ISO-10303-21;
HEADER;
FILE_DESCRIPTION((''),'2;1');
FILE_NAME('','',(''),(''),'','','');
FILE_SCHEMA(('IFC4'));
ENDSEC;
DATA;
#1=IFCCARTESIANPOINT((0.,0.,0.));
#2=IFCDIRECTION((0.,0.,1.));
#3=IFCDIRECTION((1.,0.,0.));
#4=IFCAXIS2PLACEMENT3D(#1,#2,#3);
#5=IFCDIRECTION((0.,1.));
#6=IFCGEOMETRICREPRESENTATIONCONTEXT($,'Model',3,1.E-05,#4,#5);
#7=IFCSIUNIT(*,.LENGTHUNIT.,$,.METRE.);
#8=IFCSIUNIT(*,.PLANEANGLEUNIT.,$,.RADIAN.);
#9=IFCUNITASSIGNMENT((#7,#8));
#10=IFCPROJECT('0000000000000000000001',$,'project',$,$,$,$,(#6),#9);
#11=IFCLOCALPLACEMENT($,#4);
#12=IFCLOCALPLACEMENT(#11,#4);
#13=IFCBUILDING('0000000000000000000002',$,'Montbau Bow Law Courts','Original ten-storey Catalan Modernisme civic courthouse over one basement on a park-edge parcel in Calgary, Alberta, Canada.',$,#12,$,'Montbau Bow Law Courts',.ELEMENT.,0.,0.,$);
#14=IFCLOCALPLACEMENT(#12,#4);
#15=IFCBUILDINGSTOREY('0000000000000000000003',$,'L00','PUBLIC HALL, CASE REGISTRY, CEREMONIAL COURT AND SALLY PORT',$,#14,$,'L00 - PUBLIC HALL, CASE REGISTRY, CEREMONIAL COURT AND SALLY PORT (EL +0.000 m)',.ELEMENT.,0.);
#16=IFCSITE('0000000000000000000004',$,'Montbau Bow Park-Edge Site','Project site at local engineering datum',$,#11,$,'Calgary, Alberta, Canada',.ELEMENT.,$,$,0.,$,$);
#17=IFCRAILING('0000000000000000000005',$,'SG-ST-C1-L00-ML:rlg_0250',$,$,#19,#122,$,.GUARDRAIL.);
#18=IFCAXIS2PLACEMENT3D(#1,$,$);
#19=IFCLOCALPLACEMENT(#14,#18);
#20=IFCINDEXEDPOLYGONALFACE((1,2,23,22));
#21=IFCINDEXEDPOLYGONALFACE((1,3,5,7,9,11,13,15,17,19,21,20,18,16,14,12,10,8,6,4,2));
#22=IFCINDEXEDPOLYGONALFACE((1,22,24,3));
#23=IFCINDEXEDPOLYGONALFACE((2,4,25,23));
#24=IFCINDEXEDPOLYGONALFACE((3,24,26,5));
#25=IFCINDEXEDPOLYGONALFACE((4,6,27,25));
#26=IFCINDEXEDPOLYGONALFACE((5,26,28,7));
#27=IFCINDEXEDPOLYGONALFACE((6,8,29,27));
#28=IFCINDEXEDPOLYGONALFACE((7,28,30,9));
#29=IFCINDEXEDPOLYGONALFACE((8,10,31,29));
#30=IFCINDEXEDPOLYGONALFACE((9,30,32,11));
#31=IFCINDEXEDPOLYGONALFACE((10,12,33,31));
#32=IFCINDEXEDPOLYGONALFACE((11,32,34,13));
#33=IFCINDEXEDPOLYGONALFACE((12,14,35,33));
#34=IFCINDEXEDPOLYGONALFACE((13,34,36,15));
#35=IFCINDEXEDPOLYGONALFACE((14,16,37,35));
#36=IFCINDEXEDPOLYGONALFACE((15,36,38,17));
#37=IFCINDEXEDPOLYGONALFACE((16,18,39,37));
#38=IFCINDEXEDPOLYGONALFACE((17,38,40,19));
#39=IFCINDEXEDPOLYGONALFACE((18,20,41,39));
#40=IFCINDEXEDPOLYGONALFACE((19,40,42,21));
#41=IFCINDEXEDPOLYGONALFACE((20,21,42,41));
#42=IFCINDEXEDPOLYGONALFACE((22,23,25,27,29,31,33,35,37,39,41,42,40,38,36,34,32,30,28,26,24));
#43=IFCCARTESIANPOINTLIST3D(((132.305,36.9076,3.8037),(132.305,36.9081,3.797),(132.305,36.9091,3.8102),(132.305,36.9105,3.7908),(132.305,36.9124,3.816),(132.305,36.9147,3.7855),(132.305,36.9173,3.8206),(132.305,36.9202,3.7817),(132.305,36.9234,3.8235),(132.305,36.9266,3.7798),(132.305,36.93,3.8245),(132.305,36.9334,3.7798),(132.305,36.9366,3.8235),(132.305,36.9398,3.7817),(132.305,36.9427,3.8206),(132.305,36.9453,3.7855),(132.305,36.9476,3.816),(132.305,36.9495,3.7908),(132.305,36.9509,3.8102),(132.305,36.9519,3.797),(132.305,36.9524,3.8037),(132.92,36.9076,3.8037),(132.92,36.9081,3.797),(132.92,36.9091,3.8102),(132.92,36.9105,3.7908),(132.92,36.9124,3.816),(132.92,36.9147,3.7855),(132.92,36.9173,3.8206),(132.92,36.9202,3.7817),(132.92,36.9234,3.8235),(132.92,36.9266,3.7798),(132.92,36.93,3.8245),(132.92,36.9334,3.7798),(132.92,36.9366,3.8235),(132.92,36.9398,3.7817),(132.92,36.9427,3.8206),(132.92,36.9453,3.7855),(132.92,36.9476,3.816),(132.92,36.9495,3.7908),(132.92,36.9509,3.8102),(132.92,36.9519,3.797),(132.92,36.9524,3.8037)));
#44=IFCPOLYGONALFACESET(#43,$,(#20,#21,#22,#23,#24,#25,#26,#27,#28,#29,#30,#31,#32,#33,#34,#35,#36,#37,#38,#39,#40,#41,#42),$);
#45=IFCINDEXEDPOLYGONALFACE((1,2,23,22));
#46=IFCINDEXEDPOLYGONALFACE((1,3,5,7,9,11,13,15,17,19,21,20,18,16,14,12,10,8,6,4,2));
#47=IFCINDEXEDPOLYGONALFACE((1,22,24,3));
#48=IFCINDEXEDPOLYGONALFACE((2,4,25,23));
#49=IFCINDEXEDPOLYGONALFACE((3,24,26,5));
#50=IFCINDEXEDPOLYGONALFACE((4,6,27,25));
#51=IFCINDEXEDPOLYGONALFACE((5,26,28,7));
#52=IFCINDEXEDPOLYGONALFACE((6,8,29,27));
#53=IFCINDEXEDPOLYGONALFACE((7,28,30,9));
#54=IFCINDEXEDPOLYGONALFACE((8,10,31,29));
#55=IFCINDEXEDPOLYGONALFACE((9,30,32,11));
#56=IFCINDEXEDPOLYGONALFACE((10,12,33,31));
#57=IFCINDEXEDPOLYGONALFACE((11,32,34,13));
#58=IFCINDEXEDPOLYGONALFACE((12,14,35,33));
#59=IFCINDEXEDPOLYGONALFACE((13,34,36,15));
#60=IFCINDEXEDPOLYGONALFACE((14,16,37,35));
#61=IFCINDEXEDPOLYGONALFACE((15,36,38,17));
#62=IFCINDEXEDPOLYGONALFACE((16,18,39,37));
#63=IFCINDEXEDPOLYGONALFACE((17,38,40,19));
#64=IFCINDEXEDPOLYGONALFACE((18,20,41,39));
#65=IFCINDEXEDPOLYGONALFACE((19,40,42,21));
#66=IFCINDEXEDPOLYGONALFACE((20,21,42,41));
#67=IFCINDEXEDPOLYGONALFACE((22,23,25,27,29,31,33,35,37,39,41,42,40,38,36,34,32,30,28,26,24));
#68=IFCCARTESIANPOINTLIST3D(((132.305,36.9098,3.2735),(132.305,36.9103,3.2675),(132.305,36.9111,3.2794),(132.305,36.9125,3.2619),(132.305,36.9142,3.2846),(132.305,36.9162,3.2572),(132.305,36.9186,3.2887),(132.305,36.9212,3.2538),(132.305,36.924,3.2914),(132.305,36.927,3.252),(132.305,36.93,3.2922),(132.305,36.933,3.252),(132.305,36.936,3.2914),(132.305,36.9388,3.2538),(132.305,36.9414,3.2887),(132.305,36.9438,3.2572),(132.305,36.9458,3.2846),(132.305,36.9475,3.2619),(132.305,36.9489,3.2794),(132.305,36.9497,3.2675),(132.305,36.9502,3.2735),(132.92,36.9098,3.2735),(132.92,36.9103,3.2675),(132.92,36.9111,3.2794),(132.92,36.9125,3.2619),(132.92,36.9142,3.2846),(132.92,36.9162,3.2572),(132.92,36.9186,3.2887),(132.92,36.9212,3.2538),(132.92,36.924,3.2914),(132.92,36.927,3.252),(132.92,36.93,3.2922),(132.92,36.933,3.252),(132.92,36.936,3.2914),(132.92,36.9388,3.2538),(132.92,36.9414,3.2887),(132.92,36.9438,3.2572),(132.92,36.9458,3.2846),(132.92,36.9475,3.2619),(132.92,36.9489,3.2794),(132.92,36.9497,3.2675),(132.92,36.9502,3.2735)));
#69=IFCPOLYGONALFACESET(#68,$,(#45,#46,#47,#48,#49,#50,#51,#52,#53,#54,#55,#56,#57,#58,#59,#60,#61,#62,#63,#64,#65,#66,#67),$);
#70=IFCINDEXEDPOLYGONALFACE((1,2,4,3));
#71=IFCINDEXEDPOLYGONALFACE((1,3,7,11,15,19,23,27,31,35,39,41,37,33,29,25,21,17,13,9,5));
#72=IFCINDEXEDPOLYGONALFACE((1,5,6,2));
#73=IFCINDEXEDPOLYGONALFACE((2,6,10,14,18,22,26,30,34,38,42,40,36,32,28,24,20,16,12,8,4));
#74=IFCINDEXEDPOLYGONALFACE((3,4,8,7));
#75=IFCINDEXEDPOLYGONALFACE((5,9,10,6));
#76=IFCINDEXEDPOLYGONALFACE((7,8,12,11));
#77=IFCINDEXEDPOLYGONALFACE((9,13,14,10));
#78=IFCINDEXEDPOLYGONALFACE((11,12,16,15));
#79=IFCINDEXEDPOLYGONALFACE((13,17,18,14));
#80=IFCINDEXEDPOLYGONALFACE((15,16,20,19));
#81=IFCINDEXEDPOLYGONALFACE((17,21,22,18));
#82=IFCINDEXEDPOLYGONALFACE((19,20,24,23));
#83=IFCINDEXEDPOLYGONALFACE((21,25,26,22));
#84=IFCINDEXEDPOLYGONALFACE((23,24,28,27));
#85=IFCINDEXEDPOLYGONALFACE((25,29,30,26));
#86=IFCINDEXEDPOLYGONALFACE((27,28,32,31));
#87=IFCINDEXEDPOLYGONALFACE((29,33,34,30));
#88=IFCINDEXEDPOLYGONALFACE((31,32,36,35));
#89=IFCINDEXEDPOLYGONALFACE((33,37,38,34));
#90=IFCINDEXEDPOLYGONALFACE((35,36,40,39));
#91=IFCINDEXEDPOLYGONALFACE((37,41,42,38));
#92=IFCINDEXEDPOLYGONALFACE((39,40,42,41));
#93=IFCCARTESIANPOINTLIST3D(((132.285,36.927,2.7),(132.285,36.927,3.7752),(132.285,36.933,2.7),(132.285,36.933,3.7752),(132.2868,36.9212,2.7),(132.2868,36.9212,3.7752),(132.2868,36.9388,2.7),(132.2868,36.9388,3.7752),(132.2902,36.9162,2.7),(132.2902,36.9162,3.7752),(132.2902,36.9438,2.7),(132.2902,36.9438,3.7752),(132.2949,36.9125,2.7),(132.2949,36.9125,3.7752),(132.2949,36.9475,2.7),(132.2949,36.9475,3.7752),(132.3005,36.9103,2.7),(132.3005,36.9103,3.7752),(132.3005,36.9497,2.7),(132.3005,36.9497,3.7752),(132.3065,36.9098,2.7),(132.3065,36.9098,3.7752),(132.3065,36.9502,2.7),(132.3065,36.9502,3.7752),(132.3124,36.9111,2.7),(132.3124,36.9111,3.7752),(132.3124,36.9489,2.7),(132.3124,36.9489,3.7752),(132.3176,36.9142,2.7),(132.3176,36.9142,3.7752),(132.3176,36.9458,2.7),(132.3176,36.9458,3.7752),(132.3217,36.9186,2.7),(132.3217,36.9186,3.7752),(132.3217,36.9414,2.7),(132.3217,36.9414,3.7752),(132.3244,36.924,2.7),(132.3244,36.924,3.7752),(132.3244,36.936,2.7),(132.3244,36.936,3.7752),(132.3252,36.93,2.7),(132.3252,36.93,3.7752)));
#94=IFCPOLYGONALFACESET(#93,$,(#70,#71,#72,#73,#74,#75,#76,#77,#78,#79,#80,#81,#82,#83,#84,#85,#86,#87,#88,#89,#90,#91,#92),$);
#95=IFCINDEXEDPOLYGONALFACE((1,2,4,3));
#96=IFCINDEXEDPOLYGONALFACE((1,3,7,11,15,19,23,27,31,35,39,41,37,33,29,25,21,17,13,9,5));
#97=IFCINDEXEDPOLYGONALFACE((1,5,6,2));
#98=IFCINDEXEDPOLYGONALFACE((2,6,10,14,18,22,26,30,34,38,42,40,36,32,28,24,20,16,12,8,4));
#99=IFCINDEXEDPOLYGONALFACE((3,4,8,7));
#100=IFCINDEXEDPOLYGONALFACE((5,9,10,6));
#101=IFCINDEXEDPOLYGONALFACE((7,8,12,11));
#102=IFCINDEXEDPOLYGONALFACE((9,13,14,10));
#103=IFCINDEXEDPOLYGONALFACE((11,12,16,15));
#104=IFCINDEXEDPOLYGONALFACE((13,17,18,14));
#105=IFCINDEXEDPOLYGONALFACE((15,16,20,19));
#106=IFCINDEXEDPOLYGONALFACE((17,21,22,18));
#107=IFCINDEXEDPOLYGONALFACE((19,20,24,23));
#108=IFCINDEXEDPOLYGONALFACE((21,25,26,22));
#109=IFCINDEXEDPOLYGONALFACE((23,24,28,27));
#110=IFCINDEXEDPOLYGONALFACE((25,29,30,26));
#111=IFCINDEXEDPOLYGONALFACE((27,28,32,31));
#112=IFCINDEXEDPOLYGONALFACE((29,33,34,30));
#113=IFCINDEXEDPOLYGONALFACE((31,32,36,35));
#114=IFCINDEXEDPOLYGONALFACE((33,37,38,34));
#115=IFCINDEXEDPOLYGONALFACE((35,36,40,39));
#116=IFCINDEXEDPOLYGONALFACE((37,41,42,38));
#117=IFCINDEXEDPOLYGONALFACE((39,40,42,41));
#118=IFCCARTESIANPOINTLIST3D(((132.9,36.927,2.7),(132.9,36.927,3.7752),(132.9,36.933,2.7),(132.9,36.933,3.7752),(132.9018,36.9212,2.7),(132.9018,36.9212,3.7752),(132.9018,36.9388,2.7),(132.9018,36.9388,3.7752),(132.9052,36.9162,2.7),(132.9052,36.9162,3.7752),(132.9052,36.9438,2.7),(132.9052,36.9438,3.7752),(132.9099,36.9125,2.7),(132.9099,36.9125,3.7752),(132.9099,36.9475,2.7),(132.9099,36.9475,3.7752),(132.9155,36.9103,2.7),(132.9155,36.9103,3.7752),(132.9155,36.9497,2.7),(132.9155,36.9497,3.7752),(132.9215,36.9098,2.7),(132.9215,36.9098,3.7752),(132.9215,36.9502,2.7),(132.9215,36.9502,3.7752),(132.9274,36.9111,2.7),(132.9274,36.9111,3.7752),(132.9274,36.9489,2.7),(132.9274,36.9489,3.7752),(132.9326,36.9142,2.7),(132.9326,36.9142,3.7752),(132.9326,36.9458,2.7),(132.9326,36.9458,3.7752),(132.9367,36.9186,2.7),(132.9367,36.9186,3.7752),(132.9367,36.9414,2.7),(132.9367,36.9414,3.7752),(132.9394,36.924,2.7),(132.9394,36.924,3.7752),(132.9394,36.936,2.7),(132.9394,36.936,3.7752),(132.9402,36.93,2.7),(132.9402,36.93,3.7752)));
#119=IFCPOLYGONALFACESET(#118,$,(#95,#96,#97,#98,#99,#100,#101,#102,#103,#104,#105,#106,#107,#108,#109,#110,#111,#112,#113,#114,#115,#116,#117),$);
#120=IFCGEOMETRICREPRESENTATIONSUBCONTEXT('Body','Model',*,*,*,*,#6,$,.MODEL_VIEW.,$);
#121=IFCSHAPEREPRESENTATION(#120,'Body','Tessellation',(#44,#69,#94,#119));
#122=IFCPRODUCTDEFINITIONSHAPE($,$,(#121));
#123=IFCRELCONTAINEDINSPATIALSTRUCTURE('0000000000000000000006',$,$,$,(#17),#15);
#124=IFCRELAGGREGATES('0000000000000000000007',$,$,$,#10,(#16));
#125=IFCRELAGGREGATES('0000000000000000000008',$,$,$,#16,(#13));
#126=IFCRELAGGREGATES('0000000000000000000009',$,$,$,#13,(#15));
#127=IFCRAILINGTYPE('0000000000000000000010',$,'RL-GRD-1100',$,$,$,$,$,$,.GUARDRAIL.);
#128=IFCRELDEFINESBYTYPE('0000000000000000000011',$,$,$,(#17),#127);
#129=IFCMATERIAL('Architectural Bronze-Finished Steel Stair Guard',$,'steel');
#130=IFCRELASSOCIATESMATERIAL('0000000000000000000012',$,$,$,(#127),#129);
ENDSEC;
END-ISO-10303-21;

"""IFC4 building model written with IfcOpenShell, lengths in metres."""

from ifc_helpers import new_model, si_unit, direction, frame, origin_with_axes, origin_2d_with_axis, place, context, subcontext, project, spatial, circle, extrude, material, type_object, element, save


model = new_model("IFC4")

# Units and contexts
model_context = context("Model", 3, precision=1e-05, world=origin_with_axes(), true_north=direction((0.0, 1.0)))
body_context = subcontext(model_context, "Body", "Model", "MODEL_VIEW")
ifc_project = project(units=[si_unit("LENGTHUNIT", "METRE"), si_unit("PLANEANGLEUNIT", "RADIAN")], contexts=[model_context])

# Site, building, storey
site_placement = place(None, origin_with_axes())
site = spatial("IfcSite", under=ifc_project, at=site_placement, Name="Montbau Bow Park-Edge Site", Description="Project site at local engineering datum", LongName="Calgary, Alberta, Canada", CompositionType="ELEMENT", RefElevation=0.0)
building_placement = place(site_placement, origin_with_axes())
building = spatial("IfcBuilding", under=site, at=building_placement, Name="Montbau Bow Law Courts", Description="Original ten-storey Catalan Modernisme civic courthouse over one basement on a park-edge parcel in Calgary, Alberta, Canada.", LongName="Montbau Bow Law Courts", CompositionType="ELEMENT", ElevationOfRefHeight=0.0, ElevationOfTerrain=0.0)
storey_placement = place(building_placement, origin_with_axes())
storey = spatial("IfcBuildingStorey", under=building, at=storey_placement, Name="L00", Description="PUBLIC HALL, CASE REGISTRY, CEREMONIAL COURT AND SALLY PORT", LongName="L00 - PUBLIC HALL, CASE REGISTRY, CEREMONIAL COURT AND SALLY PORT (EL +0.000 m)", CompositionType="ELEMENT", Elevation=0.0)

# Railing
ifc_material_1 = material(Name="Architectural Bronze-Finished Steel Stair Guard", Category="steel")
railing_type_1 = type_object("IfcRailingType", Name="RL-GRD-1100", PredefinedType="GUARDRAIL", material=ifc_material_1)
railing_1_placement = place(None, origin_with_axes())
element("IfcRailing", 1, at=railing_1_placement, inside=storey, type_object=railing_type_1, Name="SG-ST-C1-L00-ML:rlg_0250", PredefinedType="GUARDRAIL", context=body_context, shape_type="SweptSolid", body=[
    extrude(circle(Radius=0.0225, at=origin_2d_with_axis()), frame((132.305, 36.93, 3.802), z_axis=(1.0, 0.0, 0.0), x_axis=(0.0, 0.0, 1.0)), (0.0, 0.0, 1.0), 0.615),
    extrude(circle(Radius=0.0203, at=origin_2d_with_axis()), frame((132.305, 36.93, 3.272), z_axis=(1.0, 0.0, 0.0), x_axis=(0.0, 0.0, 1.0)), (0.0, 0.0, 1.0), 0.615),
    extrude(circle(Radius=0.0203, at=origin_2d_with_axis()), frame((132.305, 36.93, 2.7), z_axis=(0.0, 0.0, 1.0), x_axis=(1.0, 0.0, 0.0)), (0.0, 0.0, 1.0), 1.0753),
    extrude(circle(Radius=0.0203, at=origin_2d_with_axis()), frame((132.92, 36.93, 2.7), z_axis=(0.0, 0.0, 1.0), x_axis=(1.0, 0.0, 0.0)), (0.0, 0.0, 1.0), 1.0753),
])

save(model, "model.ifc")
